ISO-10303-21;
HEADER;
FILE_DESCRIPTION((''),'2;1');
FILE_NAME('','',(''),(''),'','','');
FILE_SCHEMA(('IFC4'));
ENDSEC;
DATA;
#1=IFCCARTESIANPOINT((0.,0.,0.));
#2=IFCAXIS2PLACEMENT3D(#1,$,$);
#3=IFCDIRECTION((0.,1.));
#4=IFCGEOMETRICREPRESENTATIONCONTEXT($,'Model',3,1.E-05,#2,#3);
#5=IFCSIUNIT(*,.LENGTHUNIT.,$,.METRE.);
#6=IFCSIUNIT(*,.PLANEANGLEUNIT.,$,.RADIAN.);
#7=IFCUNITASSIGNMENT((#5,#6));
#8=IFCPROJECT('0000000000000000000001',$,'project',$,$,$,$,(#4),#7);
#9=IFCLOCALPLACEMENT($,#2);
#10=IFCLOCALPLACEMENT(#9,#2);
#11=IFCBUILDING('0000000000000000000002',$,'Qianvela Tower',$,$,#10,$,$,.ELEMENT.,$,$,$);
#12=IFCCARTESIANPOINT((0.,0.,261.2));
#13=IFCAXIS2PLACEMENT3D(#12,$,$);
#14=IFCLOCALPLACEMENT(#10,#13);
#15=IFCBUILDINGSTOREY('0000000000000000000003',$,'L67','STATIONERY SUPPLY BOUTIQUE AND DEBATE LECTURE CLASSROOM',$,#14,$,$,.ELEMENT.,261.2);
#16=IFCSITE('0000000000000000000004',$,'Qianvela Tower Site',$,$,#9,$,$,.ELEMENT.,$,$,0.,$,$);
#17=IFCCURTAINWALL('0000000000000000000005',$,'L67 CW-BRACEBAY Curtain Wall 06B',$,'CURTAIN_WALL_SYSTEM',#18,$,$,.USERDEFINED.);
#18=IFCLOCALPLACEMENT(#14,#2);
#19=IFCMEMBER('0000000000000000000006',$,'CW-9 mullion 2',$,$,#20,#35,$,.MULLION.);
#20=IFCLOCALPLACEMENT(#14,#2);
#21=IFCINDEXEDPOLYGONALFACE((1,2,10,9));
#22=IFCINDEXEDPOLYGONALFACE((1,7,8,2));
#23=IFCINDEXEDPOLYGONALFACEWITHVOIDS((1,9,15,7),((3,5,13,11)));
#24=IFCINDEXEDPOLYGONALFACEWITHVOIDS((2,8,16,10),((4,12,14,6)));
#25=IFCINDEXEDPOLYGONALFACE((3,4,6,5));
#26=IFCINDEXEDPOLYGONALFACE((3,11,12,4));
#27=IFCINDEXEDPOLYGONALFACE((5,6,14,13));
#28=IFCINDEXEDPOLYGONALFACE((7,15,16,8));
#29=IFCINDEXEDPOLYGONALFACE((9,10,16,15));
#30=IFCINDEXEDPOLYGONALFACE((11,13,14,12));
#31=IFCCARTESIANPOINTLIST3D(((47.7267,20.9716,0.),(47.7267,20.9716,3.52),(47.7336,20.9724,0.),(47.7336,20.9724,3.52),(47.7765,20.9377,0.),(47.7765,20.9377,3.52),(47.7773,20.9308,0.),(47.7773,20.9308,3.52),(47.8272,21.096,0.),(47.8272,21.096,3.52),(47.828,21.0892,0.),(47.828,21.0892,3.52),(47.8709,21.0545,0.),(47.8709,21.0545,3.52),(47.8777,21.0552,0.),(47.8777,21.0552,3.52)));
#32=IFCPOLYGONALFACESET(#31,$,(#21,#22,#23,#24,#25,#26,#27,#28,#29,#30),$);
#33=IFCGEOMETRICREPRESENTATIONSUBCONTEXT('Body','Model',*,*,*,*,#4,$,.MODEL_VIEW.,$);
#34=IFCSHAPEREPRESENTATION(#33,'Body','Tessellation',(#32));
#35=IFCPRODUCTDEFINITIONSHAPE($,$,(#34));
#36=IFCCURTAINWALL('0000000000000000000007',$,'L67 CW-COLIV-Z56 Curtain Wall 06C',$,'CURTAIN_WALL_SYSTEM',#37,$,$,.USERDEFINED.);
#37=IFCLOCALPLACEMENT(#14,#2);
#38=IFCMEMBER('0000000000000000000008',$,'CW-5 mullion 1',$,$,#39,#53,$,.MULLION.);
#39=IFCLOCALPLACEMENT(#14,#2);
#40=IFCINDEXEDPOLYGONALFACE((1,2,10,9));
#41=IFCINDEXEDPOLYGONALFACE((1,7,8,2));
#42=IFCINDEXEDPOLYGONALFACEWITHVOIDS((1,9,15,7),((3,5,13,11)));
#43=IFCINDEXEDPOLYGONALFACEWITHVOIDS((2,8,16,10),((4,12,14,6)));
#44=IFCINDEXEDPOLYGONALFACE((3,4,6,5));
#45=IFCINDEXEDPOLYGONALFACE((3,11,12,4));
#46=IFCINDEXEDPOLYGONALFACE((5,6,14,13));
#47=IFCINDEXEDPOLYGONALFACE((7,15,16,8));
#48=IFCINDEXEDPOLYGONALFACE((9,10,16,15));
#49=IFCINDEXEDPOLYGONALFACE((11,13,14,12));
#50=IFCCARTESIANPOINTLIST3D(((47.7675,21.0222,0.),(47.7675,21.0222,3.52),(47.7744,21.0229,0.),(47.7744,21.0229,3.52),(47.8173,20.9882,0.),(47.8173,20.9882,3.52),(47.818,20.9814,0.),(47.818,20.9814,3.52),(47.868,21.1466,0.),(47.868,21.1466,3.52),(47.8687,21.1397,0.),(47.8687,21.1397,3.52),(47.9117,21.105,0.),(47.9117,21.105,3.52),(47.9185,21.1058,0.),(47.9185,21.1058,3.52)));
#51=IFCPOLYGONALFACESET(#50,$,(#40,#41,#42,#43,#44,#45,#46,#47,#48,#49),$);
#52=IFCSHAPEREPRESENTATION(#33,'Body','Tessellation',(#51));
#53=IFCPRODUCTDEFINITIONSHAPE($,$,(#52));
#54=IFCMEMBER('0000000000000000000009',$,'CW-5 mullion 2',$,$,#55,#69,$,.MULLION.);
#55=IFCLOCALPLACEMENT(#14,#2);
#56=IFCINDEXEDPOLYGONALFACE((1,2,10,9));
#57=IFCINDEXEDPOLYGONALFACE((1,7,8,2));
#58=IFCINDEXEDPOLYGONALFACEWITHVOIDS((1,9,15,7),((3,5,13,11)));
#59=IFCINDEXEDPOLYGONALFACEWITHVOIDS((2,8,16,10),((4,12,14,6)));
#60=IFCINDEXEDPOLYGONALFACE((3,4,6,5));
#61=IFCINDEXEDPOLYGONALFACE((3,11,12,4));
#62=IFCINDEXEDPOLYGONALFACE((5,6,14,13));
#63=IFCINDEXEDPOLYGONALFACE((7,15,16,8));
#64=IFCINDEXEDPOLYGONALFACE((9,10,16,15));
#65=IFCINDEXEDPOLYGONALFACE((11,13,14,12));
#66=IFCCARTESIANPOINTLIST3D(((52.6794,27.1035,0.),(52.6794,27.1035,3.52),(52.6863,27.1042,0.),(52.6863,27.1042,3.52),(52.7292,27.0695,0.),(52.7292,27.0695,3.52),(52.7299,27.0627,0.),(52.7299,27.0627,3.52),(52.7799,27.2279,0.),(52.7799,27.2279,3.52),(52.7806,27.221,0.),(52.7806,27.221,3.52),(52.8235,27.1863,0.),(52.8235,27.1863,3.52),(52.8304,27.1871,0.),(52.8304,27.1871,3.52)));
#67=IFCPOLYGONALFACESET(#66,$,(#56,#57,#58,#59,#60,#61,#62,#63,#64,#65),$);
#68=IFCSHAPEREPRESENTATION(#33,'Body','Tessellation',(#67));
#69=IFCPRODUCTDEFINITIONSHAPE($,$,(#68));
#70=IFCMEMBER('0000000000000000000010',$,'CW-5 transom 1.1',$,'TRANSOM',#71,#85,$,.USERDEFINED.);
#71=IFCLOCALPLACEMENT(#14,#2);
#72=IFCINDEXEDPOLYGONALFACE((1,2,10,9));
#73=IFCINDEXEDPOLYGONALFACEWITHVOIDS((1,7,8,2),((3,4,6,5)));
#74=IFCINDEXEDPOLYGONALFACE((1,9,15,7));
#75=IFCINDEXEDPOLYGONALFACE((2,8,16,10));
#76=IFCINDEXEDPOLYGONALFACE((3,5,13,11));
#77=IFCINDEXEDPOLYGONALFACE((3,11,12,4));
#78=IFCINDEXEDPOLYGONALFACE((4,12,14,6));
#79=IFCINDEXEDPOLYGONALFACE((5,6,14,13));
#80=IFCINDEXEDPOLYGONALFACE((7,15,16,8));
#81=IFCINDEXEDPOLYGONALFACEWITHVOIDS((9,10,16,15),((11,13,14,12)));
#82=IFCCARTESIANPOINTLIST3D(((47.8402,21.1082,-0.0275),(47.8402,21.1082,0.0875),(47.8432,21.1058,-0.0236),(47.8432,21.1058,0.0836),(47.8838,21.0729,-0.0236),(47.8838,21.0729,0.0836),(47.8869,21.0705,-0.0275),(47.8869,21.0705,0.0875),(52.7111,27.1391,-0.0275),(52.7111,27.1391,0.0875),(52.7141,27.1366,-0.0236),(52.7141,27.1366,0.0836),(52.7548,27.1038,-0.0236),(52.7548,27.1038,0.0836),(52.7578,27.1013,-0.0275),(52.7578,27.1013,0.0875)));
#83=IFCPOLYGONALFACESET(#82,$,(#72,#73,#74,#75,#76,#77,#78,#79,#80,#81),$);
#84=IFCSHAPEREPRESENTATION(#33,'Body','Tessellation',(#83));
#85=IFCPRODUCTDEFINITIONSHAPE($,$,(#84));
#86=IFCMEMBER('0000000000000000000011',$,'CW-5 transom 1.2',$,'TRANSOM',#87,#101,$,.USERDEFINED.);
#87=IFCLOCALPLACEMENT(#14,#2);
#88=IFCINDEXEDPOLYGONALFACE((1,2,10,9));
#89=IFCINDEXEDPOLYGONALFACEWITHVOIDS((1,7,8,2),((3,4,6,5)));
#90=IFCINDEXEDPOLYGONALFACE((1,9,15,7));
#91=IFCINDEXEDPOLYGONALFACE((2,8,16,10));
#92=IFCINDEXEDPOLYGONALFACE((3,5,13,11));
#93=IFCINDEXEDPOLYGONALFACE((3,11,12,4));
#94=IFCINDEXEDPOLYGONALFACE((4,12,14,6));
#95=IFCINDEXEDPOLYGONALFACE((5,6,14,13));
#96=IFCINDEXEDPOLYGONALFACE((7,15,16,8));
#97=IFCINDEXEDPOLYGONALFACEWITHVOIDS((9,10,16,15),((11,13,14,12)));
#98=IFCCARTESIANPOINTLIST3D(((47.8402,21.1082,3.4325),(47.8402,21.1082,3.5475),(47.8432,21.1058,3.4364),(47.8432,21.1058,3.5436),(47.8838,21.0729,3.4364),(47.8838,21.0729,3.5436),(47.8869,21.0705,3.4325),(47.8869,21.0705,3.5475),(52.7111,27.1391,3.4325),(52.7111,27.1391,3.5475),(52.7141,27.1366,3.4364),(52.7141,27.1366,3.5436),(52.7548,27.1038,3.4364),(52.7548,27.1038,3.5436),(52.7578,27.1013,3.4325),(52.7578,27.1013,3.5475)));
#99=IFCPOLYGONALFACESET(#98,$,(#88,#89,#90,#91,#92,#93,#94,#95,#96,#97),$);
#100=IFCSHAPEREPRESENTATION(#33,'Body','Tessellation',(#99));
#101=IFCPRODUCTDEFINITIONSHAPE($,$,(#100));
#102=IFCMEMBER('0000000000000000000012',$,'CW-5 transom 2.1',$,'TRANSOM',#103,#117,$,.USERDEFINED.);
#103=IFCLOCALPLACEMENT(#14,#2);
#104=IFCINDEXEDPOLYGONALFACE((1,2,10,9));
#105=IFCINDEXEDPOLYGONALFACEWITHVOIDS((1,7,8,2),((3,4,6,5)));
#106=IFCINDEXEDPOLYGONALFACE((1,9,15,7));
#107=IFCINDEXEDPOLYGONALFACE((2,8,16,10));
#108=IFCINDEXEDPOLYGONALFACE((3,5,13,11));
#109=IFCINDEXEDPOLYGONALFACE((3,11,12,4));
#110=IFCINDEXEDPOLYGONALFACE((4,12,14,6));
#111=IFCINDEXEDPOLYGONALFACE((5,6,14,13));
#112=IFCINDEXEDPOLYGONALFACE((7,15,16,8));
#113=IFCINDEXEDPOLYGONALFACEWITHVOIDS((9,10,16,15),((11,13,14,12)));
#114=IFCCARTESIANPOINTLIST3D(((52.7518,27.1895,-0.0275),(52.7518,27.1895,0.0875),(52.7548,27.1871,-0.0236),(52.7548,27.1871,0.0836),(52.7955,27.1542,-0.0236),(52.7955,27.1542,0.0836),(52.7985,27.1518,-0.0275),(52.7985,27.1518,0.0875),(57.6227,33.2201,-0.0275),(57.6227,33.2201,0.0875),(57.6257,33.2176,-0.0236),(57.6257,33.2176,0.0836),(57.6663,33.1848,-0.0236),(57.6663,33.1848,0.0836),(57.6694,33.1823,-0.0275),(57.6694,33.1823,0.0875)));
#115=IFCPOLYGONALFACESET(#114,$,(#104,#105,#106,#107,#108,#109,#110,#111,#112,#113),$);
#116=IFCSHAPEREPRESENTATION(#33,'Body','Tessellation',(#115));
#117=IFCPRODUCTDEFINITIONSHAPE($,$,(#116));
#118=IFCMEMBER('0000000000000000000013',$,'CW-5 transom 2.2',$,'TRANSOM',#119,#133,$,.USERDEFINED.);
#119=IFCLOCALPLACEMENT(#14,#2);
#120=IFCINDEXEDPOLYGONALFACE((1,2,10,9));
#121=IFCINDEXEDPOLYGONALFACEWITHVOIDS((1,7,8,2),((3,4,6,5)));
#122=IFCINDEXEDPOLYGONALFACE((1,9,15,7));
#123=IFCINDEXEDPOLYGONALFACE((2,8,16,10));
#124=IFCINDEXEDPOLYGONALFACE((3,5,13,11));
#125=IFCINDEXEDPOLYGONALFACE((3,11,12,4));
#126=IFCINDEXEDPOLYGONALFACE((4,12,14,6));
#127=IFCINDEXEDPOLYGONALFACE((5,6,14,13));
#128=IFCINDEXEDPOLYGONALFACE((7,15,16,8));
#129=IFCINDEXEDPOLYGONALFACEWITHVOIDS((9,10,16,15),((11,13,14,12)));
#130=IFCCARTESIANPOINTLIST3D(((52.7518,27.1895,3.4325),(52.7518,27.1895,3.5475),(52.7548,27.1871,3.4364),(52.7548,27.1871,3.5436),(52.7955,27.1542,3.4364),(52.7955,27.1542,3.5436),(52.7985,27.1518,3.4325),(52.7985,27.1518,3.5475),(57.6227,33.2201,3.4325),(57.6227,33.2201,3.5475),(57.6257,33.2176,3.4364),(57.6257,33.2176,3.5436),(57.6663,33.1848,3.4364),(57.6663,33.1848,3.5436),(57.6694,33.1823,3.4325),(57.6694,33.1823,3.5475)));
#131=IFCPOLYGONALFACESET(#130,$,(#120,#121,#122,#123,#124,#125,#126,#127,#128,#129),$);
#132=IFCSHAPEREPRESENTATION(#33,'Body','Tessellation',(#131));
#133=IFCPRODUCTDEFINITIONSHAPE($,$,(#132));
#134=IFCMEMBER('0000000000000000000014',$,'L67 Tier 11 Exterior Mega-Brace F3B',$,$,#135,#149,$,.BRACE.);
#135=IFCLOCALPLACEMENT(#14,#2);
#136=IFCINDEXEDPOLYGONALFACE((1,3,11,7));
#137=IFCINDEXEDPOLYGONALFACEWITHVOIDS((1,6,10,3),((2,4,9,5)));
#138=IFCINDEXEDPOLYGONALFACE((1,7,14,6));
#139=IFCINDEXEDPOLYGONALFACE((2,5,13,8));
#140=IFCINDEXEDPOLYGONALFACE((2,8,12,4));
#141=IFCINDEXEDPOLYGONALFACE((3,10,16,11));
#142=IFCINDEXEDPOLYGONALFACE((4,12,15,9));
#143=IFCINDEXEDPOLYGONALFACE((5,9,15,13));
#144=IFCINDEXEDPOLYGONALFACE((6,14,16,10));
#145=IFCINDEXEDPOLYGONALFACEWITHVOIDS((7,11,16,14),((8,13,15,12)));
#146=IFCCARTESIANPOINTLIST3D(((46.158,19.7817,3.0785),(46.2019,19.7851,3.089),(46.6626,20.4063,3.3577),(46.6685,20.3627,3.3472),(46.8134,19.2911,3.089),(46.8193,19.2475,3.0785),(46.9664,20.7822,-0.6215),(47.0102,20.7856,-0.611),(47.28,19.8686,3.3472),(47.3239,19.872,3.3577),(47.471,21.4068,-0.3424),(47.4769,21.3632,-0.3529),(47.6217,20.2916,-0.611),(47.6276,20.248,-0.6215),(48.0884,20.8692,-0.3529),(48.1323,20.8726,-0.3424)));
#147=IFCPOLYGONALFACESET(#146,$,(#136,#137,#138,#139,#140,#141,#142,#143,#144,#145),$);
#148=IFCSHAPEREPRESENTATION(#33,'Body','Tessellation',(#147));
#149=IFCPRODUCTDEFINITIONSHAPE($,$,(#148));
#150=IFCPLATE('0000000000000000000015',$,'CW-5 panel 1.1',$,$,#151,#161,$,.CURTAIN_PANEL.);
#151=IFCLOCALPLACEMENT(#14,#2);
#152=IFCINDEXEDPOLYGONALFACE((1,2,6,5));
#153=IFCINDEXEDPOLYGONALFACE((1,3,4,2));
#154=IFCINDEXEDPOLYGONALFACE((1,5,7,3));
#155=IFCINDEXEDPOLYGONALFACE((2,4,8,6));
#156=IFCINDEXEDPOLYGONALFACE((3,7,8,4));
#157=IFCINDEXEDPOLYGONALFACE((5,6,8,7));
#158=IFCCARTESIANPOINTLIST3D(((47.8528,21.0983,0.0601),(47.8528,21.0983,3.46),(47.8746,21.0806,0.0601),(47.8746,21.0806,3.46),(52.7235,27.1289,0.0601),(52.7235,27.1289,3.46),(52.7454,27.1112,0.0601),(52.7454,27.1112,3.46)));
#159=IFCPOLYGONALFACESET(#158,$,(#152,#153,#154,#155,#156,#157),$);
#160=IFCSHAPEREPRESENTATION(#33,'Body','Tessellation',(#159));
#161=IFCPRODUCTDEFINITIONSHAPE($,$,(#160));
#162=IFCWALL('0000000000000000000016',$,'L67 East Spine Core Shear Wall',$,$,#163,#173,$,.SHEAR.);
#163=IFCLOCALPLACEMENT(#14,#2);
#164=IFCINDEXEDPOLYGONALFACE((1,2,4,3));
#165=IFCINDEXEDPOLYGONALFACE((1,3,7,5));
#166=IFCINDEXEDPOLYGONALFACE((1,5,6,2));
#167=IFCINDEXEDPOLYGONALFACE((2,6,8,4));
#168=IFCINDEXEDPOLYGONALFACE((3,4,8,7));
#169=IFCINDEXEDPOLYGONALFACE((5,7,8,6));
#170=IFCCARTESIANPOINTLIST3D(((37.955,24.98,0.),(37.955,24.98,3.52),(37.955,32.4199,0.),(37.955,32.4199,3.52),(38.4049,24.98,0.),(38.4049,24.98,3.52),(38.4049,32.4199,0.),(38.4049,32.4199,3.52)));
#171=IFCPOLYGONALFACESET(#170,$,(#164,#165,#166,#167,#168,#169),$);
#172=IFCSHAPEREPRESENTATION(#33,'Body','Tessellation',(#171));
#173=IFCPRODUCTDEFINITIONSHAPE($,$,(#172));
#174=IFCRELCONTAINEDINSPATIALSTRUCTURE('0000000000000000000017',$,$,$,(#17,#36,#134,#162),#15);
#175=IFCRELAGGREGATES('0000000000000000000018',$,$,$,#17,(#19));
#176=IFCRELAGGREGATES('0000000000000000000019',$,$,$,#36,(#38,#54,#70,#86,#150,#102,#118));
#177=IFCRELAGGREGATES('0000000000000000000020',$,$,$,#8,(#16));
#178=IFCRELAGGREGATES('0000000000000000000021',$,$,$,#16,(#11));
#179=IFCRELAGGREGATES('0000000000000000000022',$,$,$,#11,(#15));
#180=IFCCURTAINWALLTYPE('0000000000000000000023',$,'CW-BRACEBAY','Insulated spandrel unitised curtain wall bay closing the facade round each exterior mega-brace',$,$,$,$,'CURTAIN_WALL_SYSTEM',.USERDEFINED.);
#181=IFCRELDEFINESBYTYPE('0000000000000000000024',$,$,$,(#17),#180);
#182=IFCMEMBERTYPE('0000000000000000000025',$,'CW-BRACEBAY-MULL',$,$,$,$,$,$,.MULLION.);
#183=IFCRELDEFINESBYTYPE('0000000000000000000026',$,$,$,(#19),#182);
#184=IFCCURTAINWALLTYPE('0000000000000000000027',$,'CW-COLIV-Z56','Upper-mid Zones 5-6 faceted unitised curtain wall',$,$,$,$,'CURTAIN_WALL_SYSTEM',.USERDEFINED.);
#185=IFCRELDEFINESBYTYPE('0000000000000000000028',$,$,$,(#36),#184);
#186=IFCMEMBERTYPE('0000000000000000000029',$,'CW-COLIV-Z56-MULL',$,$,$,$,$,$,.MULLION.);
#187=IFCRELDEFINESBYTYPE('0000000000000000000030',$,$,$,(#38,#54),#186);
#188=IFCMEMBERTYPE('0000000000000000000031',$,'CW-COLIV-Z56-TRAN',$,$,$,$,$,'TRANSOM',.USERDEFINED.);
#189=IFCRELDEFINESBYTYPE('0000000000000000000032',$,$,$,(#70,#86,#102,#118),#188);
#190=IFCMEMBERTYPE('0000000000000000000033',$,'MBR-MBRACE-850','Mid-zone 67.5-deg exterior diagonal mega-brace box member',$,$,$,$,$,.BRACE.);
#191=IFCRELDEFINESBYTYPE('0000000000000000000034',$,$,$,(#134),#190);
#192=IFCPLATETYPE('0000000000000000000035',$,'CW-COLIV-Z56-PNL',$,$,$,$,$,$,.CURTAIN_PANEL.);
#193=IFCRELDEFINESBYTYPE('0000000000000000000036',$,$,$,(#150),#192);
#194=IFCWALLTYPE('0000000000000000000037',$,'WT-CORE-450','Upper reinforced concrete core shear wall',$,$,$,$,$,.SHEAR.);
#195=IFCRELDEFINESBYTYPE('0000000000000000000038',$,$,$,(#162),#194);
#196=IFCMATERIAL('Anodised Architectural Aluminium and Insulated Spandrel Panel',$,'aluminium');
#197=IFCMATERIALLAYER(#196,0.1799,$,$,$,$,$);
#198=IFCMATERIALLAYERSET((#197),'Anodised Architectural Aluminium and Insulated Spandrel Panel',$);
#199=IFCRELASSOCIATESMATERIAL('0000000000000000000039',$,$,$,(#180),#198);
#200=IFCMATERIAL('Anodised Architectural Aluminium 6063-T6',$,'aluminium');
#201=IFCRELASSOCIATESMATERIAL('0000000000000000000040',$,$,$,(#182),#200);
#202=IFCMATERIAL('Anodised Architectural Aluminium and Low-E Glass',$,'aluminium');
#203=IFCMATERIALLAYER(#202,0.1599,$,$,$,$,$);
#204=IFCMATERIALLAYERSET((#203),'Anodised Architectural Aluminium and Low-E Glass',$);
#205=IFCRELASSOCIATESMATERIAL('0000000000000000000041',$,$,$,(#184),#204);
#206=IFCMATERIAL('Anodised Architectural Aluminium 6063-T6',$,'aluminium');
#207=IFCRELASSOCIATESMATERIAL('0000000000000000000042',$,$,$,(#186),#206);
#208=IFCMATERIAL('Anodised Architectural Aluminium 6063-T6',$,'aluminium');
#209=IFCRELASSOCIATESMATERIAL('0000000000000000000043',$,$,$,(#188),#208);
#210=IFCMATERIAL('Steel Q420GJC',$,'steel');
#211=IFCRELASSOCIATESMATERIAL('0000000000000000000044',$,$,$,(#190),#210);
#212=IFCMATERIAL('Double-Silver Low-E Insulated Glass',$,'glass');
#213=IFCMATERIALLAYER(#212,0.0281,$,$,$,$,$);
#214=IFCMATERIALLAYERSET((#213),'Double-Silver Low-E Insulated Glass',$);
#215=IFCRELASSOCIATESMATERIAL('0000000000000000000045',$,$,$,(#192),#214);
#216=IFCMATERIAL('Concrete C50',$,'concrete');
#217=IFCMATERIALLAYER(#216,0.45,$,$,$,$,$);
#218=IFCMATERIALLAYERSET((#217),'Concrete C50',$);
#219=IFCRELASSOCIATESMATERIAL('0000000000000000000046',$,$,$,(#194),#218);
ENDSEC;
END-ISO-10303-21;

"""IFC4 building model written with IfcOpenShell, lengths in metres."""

from ifc_helpers import new_model, si_unit, direction, frame, frame_2d, origin, origin_2d, place, context, subcontext, project, spatial, rectangle, hollow_rectangle, extrude, material, layer, layer_set, material_profile, profile_set, type_object, element, aggregate, save


model = new_model("IFC4")

# Units and contexts
model_context = context("Model", 3, precision=1e-05, world=origin(), true_north=direction((0.0, 1.0)))
body_context = subcontext(model_context, "Body", "Model", "MODEL_VIEW")
ifc_project = project(units=[si_unit("LENGTHUNIT", "METRE"), si_unit("PLANEANGLEUNIT", "RADIAN")], contexts=[model_context])

# Site, building, storey
site_placement = place(None, origin())
site = spatial("IfcSite", under=ifc_project, at=site_placement, Name="Qianvela Tower Site", CompositionType="ELEMENT", RefElevation=0.0)
building_placement = place(site_placement, origin())
building = spatial("IfcBuilding", under=site, at=building_placement, Name="Qianvela Tower", CompositionType="ELEMENT")
storey_placement = place(building_placement, frame((0.0, 0.0, 261.2)))
storey = spatial("IfcBuildingStorey", under=building, at=storey_placement, Name="L67", Description="STATIONERY SUPPLY BOUTIQUE AND DEBATE LECTURE CLASSROOM", CompositionType="ELEMENT", Elevation=261.2)

# Curtain wall, member
ifc_material_1 = material(Name="Anodised Architectural Aluminium and Insulated Spandrel Panel", Category="aluminium")
ifc_layer_1 = layer(ifc_material_1, 0.1799)
ifc_layer_set_1 = layer_set([ifc_layer_1], Name="Anodised Architectural Aluminium and Insulated Spandrel Panel")
curtain_wall_type_1 = type_object("IfcCurtainWallType", Name="CW-BRACEBAY", Description="Insulated spandrel unitised curtain wall bay closing the facade round each exterior mega-brace", ElementType="CURTAIN_WALL_SYSTEM", PredefinedType="USERDEFINED", material=ifc_layer_set_1)
curtain_wall_1_placement = place(storey_placement, origin())
curtain_wall_1 = element("IfcCurtainWall", 1, at=curtain_wall_1_placement, inside=storey, type_object=curtain_wall_type_1, Name="L67 CW-BRACEBAY Curtain Wall 06B", ObjectType="CURTAIN_WALL_SYSTEM", PredefinedType="USERDEFINED")
ifc_material_2 = material(Name="Anodised Architectural Aluminium 6063-T6", Category="aluminium")
ifc_material_profile_1 = material_profile(ifc_material_2, hollow_rectangle(XDim=0.0649, YDim=0.1599, WallThickness=0.0049, at=origin_2d()), Name="ALU-MULL-65x160")
ifc_profile_set_1 = profile_set([ifc_material_profile_1], Name="Anodised Architectural Aluminium 6063-T6")
member_type_1 = type_object("IfcMemberType", Name="CW-BRACEBAY-MULL", PredefinedType="MULLION", material=ifc_profile_set_1)
member_1_placement = place(storey_placement, frame((47.8022, 21.0134, 0.0), z_axis=(0.0, 0.0, 1.0), x_axis=(-0.777954, 0.628321, 0.0)))
member_1 = element("IfcMember", 2, at=member_1_placement, type_object=member_type_1, Name="CW-9 mullion 2", PredefinedType="MULLION", context=body_context, shape_type="SweptSolid", body=[
    extrude(hollow_rectangle(XDim=0.0649, YDim=0.1599, WallThickness=0.0049, at=origin_2d()), origin(), (0.0, 0.0, 1.0), 3.52),
])
aggregate(curtain_wall_1, [member_1])

# Curtain wall, members
ifc_material_3 = material(Name="Anodised Architectural Aluminium and Low-E Glass", Category="aluminium")
ifc_layer_2 = layer(ifc_material_3, 0.1599)
ifc_layer_set_2 = layer_set([ifc_layer_2], Name="Anodised Architectural Aluminium and Low-E Glass")
curtain_wall_type_2 = type_object("IfcCurtainWallType", Name="CW-COLIV-Z56", Description="Upper-mid Zones 5-6 faceted unitised curtain wall", ElementType="CURTAIN_WALL_SYSTEM", PredefinedType="USERDEFINED", material=ifc_layer_set_2)
curtain_wall_2_placement = place(storey_placement, origin())
curtain_wall_2 = element("IfcCurtainWall", 3, at=curtain_wall_2_placement, inside=storey, type_object=curtain_wall_type_2, Name="L67 CW-COLIV-Z56 Curtain Wall 06C", ObjectType="CURTAIN_WALL_SYSTEM", PredefinedType="USERDEFINED")
ifc_material_4 = material(Name="Anodised Architectural Aluminium 6063-T6", Category="aluminium")
ifc_material_profile_2 = material_profile(ifc_material_4, hollow_rectangle(XDim=0.0649, YDim=0.1599, WallThickness=0.0049, at=origin_2d()), Name="ALU-MULL-65x160")
ifc_profile_set_2 = profile_set([ifc_material_profile_2], Name="Anodised Architectural Aluminium 6063-T6")
member_type_2 = type_object("IfcMemberType", Name="CW-COLIV-Z56-MULL", PredefinedType="MULLION", material=ifc_profile_set_2)
member_2_placement = place(storey_placement, frame((47.843, 21.064, 0.0), z_axis=(0.0, 0.0, 1.0), x_axis=(-0.777946, 0.628331, 0.0)))
member_2 = element("IfcMember", 4, at=member_2_placement, type_object=member_type_2, Name="CW-5 mullion 1", PredefinedType="MULLION", context=body_context, shape_type="SweptSolid", body=[
    extrude(hollow_rectangle(XDim=0.0649, YDim=0.1599, WallThickness=0.0049, at=origin_2d()), origin(), (0.0, 0.0, 1.0), 3.52),
])
member_3_placement = place(storey_placement, frame((52.7549, 27.1453, 0.0), z_axis=(0.0, 0.0, 1.0), x_axis=(-0.777946, 0.628331, 0.0)))
member_3 = element("IfcMember", 5, at=member_3_placement, type_object=member_type_2, Name="CW-5 mullion 2", PredefinedType="MULLION", context=body_context, shape_type="SweptSolid", body=[
    extrude(hollow_rectangle(XDim=0.0649, YDim=0.1599, WallThickness=0.0049, at=origin_2d()), origin(), (0.0, 0.0, 1.0), 3.52),
])
ifc_material_5 = material(Name="Anodised Architectural Aluminium 6063-T6", Category="aluminium")
ifc_material_profile_3 = material_profile(ifc_material_5, hollow_rectangle(XDim=0.0601, YDim=0.115, WallThickness=0.0039, at=origin_2d()), Name="ALU-TRAN-60x115")
ifc_profile_set_3 = profile_set([ifc_material_profile_3], Name="Anodised Architectural Aluminium 6063-T6")
member_type_3 = type_object("IfcMemberType", Name="CW-COLIV-Z56-TRAN", ElementType="TRANSOM", PredefinedType="USERDEFINED", material=ifc_profile_set_3)
member_4_placement = place(storey_placement, frame((47.8635, 21.0894, 0.03), z_axis=(0.628325, 0.777951, 0.0), x_axis=(-0.777951, 0.628325, 0.0)))
member_4 = element("IfcMember", 6, at=member_4_placement, type_object=member_type_3, Name="CW-5 transom 1.1", ObjectType="TRANSOM", PredefinedType="USERDEFINED", context=body_context, shape_type="SweptSolid", body=[
    extrude(hollow_rectangle(XDim=0.0601, YDim=0.115, WallThickness=0.0039, at=origin_2d()), origin(), (0.0, 0.0, 1.0), 7.7522),
])
member_5_placement = place(storey_placement, frame((47.8635, 21.0894, 3.49), z_axis=(0.628325, 0.777951, 0.0), x_axis=(-0.777951, 0.628325, 0.0)))
member_5 = element("IfcMember", 7, at=member_5_placement, type_object=member_type_3, Name="CW-5 transom 1.2", ObjectType="TRANSOM", PredefinedType="USERDEFINED", context=body_context, shape_type="SweptSolid", body=[
    extrude(hollow_rectangle(XDim=0.0601, YDim=0.115, WallThickness=0.0039, at=origin_2d()), origin(), (0.0, 0.0, 1.0), 7.7522),
])
member_6_placement = place(storey_placement, frame((52.7751, 27.1707, 0.03), z_axis=(0.628341, 0.777938, 0.0), x_axis=(-0.777938, 0.628341, 0.0)))
member_6 = element("IfcMember", 8, at=member_6_placement, type_object=member_type_3, Name="CW-5 transom 2.1", ObjectType="TRANSOM", PredefinedType="USERDEFINED", context=body_context, shape_type="SweptSolid", body=[
    extrude(hollow_rectangle(XDim=0.0601, YDim=0.115, WallThickness=0.0039, at=origin_2d()), origin(), (0.0, 0.0, 1.0), 7.752),
])
member_7_placement = place(storey_placement, frame((52.7751, 27.1707, 3.49), z_axis=(0.628341, 0.777938, 0.0), x_axis=(-0.777938, 0.628341, 0.0)))
member_7 = element("IfcMember", 9, at=member_7_placement, type_object=member_type_3, Name="CW-5 transom 2.2", ObjectType="TRANSOM", PredefinedType="USERDEFINED", context=body_context, shape_type="SweptSolid", body=[
    extrude(hollow_rectangle(XDim=0.0601, YDim=0.115, WallThickness=0.0039, at=origin_2d()), origin(), (0.0, 0.0, 1.0), 7.752),
])

# Member
ifc_material_6 = material(Name="Steel Q420GJC", Category="steel")
ifc_material_profile_4 = material_profile(ifc_material_6, hollow_rectangle(XDim=0.8501, YDim=0.8501, WallThickness=0.032, at=origin_2d()), Name="MBOX-850x850x32")
ifc_profile_set_4 = profile_set([ifc_material_profile_4], Name="Steel Q420GJC")
member_type_4 = type_object("IfcMemberType", Name="MBR-MBRACE-850", Description="Mid-zone 67.5-deg exterior diagonal mega-brace box member", PredefinedType="BRACE", material=ifc_profile_set_4)
member_8_placement = place(storey_placement, frame((47.5493, 20.8274, -0.4819), z_axis=(-0.206362, -0.255412, 0.944552), x_axis=(0.777841, -0.628461, 0.0)))
element("IfcMember", 10, at=member_8_placement, inside=storey, type_object=member_type_4, Name="L67 Tier 11 Exterior Mega-Brace F3B", PredefinedType="BRACE", context=body_context, shape_type="SweptSolid", body=[
    extrude(hollow_rectangle(XDim=0.8501, YDim=0.8501, WallThickness=0.032, at=origin_2d()), origin(), (0.0, 0.0, 1.0), 3.9172),
])

# Plate
ifc_material_7 = material(Name="Double-Silver Low-E Insulated Glass", Category="glass")
ifc_layer_3 = layer(ifc_material_7, 0.0281)
ifc_layer_set_3 = layer_set([ifc_layer_3], Name="Double-Silver Low-E Insulated Glass")
plate_type = type_object("IfcPlateType", Name="CW-COLIV-Z56-PNL", PredefinedType="CURTAIN_PANEL", material=ifc_layer_set_3)
plate_placement = place(storey_placement, frame((50.2991, 24.1047, 0.0601), z_axis=(0.0, 0.0, 1.0), x_axis=(0.628331, 0.777946, 0.0)))
plate = element("IfcPlate", 11, at=plate_placement, type_object=plate_type, Name="CW-5 panel 1.1", PredefinedType="CURTAIN_PANEL", context=body_context, shape_type="SweptSolid", body=[
    extrude(rectangle(XDim=7.752, YDim=0.0281, at=origin_2d()), origin(), (0.0, 0.0, 1.0), 3.3999),
])
aggregate(curtain_wall_2, [member_2, member_3, member_4, member_5, plate, member_6, member_7])

# Wall
ifc_material_8 = material(Name="Concrete C50", Category="concrete")
ifc_layer_4 = layer(ifc_material_8, 0.45)
ifc_layer_set_4 = layer_set([ifc_layer_4], Name="Concrete C50")
wall_type_1 = type_object("IfcWallType", Name="WT-CORE-450", Description="Upper reinforced concrete core shear wall", PredefinedType="SHEAR", material=ifc_layer_set_4)
wall_1_placement = place(storey_placement, frame((38.1799, 24.98, 0.0), z_axis=(0.0, 0.0, 1.0), x_axis=(0.0, 1.0, 0.0)))
element("IfcWall", 12, at=wall_1_placement, inside=storey, type_object=wall_type_1, Name="L67 East Spine Core Shear Wall", PredefinedType="SHEAR", context=body_context, shape_type="SweptSolid", body=[
    extrude(rectangle(XDim=7.4399, YDim=0.45, at=frame_2d((3.72, 0.0))), origin(), (0.0, 0.0, 1.0), 3.52),
])

save(model, "model.ifc")
